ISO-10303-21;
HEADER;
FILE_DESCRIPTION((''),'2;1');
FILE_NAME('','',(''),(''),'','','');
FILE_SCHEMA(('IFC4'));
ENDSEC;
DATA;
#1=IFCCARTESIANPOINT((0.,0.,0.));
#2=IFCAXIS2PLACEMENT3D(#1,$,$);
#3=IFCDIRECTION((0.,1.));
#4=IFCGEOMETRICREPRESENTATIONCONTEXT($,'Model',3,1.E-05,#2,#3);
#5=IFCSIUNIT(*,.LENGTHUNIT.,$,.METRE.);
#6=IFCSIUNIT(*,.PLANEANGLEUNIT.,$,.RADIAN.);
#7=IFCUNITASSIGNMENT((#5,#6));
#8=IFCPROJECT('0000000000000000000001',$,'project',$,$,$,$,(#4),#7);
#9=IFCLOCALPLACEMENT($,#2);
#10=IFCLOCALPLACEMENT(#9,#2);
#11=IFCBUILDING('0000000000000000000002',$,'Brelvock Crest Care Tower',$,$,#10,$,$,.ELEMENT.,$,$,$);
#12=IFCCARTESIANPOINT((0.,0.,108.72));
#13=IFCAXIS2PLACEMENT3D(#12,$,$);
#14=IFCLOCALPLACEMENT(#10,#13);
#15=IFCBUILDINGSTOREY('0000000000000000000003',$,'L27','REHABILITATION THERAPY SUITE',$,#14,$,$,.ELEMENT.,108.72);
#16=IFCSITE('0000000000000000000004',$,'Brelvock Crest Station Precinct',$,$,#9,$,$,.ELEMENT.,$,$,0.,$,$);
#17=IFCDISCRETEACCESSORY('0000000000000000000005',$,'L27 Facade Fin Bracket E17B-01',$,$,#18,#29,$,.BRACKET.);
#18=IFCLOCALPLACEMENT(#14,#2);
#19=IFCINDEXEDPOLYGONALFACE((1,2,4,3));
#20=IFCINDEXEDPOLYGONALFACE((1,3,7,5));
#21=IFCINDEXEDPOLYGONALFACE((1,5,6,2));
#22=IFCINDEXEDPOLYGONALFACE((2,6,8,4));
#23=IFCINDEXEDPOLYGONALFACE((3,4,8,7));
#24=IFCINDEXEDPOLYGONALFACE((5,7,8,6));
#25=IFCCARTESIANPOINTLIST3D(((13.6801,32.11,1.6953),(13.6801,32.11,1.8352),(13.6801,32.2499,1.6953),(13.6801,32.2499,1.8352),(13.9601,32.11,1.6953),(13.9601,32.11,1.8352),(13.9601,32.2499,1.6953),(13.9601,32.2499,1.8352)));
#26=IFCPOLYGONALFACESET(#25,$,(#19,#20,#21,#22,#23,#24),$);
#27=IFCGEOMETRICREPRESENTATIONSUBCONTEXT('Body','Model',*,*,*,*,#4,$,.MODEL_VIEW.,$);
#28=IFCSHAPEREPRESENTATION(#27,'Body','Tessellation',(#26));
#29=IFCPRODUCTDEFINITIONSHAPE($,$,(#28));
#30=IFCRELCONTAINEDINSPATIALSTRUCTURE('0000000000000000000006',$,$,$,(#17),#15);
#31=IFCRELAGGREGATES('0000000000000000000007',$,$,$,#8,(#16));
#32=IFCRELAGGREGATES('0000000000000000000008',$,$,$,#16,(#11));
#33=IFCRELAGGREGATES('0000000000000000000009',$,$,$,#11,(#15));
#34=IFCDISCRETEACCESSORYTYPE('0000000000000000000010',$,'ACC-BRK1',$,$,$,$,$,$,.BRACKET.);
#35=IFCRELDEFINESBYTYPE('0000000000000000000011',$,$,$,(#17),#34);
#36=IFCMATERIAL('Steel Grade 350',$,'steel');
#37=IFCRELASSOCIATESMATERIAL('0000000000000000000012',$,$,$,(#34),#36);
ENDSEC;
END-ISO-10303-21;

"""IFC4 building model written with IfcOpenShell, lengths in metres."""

from ifc_helpers import new_model, si_unit, direction, frame, origin, origin_2d, place, context, subcontext, project, spatial, rectangle, extrude, source, transform, mapped, material, type_object, element, save


model = new_model("IFC4")

# Units and contexts
model_context = context("Model", 3, precision=1e-05, world=origin(), true_north=direction((0.0, 1.0)))
body_context = subcontext(model_context, "Body", "Model", "MODEL_VIEW")
ifc_project = project(units=[si_unit("LENGTHUNIT", "METRE"), si_unit("PLANEANGLEUNIT", "RADIAN")], contexts=[model_context])

# Site, building, storey
site_placement = place(None, origin())
site = spatial("IfcSite", under=ifc_project, at=site_placement, Name="Brelvock Crest Station Precinct", CompositionType="ELEMENT", RefElevation=0.0)
building_placement = place(site_placement, origin())
building = spatial("IfcBuilding", under=site, at=building_placement, Name="Brelvock Crest Care Tower", CompositionType="ELEMENT")
storey_placement = place(building_placement, frame((0.0, 0.0, 108.72)))
storey = spatial("IfcBuildingStorey", under=building, at=storey_placement, Name="L27", Description="REHABILITATION THERAPY SUITE", CompositionType="ELEMENT", Elevation=108.72)

# Shared definitions
ifc_material_1 = material(Name="Steel Grade 350", Category="steel")

# Discrete accessory
discrete_accessory_type = type_object("IfcDiscreteAccessoryType", Name="ACC-BRK1", PredefinedType="BRACKET", material=ifc_material_1)
shared_shape_1 = source(origin(), body_context, "Body", "SweptSolid", [
    extrude(rectangle(XDim=0.28, YDim=0.1399, at=origin_2d()), origin(), (0.0, 0.0, 1.0), 0.1399),
])
discrete_accessory_placement = place(storey_placement, frame((13.8201, 32.1799, 1.6953), z_axis=(0.0, 0.0, 1.0), x_axis=(-1.0, 0.0, 0.0)))
element("IfcDiscreteAccessory", 1, at=discrete_accessory_placement, inside=storey, type_object=discrete_accessory_type, Name="L27 Facade Fin Bracket E17B-01", PredefinedType="BRACKET", context=body_context, shape_type="MappedRepresentation", body=[
    mapped(shared_shape_1, transform((0.0, 0.0, 0.0), x_axis=(1.0, 0.0, 0.0), y_axis=(0.0, 1.0, 0.0), z_axis=(0.0, 0.0, 1.0), scale=1.0)),
])

save(model, "model.ifc")
